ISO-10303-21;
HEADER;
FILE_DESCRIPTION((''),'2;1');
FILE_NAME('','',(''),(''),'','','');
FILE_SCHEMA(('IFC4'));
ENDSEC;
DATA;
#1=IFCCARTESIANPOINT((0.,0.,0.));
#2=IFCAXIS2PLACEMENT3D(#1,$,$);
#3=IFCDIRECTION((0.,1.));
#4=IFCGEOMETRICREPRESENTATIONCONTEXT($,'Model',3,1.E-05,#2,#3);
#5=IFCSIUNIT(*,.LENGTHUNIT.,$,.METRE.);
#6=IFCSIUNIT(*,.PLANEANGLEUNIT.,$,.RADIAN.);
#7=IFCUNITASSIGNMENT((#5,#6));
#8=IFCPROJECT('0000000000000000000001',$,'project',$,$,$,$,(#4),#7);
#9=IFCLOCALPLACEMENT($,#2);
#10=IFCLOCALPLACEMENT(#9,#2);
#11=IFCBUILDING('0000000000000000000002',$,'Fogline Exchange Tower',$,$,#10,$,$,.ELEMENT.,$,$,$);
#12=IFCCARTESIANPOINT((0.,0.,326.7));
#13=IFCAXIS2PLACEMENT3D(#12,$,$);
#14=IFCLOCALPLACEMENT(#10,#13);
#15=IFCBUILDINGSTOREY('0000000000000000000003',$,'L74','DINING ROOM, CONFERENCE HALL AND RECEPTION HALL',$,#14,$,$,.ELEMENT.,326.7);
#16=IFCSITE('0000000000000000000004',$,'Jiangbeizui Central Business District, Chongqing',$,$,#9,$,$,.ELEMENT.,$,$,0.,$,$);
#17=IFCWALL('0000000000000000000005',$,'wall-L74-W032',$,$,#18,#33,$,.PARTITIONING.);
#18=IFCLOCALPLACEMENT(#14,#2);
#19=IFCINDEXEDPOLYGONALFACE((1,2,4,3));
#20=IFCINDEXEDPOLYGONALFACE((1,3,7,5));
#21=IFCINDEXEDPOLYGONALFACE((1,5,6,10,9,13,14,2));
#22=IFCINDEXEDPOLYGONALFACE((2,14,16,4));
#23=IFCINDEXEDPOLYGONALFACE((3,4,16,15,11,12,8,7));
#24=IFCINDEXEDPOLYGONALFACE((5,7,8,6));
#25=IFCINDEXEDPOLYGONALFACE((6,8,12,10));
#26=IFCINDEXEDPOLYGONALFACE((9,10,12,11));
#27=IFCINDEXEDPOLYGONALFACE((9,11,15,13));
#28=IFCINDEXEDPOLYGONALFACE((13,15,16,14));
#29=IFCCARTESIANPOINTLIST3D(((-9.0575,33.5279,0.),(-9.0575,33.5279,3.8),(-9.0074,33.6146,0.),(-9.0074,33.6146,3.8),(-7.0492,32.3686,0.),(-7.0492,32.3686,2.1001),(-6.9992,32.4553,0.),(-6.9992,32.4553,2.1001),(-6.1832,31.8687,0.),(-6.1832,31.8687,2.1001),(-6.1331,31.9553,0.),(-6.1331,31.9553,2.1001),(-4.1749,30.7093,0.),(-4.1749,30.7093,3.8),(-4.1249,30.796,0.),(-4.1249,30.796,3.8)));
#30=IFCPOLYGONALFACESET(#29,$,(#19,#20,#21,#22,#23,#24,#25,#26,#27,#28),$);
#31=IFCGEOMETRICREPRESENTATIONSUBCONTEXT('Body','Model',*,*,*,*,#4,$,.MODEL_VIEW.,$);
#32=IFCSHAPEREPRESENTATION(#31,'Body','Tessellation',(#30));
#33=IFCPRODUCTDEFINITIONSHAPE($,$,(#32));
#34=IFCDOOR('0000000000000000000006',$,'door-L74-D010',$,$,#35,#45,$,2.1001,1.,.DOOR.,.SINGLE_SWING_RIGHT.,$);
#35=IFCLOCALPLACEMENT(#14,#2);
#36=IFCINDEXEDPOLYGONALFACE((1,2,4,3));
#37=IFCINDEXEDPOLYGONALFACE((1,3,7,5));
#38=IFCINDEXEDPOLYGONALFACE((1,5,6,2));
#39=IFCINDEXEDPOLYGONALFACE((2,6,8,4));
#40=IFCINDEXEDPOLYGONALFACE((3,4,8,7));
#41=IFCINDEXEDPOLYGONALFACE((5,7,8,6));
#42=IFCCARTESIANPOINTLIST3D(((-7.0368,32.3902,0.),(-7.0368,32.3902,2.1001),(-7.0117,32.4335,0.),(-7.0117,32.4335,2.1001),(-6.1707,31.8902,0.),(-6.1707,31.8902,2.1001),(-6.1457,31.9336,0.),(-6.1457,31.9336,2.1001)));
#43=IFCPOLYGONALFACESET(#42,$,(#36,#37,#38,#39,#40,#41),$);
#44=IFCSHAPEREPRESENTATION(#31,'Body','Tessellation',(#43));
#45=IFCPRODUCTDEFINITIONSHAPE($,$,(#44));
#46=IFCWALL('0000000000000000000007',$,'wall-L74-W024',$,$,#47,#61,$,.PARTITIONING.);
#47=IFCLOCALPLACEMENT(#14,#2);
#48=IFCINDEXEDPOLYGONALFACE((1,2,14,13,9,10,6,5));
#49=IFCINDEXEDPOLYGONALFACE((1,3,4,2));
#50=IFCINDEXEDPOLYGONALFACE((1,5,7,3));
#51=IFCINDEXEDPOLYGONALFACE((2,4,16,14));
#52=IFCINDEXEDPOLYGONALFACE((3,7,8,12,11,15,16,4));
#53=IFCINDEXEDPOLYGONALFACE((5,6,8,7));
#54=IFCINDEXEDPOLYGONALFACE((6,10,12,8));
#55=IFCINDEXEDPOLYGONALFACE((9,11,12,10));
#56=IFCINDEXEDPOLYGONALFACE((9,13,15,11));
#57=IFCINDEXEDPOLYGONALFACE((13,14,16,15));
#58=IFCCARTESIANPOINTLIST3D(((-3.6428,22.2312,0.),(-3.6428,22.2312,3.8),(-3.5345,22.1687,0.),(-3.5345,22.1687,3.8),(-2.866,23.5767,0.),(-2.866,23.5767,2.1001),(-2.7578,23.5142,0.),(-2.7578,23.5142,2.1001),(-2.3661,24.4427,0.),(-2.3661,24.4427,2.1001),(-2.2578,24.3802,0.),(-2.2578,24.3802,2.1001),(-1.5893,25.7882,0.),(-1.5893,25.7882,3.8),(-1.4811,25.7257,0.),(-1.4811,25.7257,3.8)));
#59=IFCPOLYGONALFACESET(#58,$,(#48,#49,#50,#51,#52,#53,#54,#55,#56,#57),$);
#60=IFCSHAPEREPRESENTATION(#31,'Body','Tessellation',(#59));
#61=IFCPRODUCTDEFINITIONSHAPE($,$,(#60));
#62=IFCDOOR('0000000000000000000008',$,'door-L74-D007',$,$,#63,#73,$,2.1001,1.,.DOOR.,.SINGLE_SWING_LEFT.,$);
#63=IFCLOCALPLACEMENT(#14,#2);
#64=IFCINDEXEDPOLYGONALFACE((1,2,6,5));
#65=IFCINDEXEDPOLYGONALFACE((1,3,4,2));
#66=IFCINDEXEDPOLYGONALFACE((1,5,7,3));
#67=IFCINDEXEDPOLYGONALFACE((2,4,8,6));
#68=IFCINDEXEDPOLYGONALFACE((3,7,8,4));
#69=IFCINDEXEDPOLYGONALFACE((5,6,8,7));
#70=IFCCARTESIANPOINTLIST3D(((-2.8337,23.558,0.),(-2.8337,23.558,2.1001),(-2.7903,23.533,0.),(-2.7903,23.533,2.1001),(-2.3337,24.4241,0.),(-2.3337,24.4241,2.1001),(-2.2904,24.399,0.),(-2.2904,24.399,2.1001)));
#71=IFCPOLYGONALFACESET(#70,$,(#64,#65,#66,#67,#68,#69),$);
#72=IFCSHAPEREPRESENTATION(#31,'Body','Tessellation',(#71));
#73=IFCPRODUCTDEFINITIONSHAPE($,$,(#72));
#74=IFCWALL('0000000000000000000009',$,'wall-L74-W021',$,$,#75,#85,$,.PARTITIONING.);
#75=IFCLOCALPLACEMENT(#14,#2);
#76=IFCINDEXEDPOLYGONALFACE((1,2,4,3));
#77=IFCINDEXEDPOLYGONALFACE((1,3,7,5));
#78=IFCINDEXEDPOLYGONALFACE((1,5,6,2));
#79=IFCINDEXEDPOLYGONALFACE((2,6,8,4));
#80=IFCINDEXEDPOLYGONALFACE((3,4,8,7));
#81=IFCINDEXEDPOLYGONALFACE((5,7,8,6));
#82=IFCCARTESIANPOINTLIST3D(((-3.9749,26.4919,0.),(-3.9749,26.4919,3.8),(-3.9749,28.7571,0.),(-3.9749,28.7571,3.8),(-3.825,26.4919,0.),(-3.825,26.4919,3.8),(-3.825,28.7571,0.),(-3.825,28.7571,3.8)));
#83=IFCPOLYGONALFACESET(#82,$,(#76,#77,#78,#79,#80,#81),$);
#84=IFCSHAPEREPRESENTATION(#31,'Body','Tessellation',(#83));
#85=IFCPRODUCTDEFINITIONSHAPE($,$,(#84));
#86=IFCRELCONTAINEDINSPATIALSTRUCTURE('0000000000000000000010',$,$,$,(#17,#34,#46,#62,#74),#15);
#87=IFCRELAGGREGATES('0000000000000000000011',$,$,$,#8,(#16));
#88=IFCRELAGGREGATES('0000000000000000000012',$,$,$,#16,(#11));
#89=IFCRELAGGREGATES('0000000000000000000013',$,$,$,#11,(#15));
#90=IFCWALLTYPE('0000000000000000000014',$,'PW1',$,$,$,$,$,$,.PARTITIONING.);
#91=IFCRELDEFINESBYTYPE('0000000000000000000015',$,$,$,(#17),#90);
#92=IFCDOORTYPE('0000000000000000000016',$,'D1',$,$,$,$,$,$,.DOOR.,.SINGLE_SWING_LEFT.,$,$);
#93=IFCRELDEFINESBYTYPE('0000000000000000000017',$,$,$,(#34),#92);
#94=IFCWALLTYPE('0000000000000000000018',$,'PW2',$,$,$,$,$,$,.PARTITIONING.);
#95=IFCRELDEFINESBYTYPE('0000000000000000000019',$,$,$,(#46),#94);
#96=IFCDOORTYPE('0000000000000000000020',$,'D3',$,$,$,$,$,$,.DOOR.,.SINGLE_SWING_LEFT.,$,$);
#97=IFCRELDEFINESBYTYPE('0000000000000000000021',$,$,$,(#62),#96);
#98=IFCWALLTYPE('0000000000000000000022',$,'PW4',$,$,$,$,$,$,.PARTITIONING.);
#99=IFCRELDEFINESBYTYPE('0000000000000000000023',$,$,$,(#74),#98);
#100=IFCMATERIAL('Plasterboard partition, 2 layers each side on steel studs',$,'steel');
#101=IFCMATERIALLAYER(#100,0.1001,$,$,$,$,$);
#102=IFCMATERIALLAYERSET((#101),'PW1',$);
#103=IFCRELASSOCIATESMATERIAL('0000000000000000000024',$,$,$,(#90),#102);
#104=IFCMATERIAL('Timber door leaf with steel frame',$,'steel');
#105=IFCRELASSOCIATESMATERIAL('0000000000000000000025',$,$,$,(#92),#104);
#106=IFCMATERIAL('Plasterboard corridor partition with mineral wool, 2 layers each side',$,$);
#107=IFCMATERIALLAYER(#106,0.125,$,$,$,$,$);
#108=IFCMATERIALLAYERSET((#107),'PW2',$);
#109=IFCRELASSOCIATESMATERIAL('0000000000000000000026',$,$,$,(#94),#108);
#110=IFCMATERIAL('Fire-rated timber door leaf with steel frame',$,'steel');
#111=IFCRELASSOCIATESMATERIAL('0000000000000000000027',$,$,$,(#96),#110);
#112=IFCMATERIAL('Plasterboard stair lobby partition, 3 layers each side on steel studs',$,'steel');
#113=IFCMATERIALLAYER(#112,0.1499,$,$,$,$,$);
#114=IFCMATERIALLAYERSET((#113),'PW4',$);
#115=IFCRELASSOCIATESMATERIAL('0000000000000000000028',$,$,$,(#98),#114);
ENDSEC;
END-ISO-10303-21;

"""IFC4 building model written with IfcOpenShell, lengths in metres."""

from ifc_helpers import new_model, si_unit, direction, frame, frame_2d, origin, place, context, subcontext, project, spatial, rectangle, extrude, material, layer, layer_set, type_object, element, fill, save


model = new_model("IFC4")

# Units and contexts
model_context = context("Model", 3, precision=1e-05, world=origin(), true_north=direction((0.0, 1.0)))
body_context = subcontext(model_context, "Body", "Model", "MODEL_VIEW")
ifc_project = project(units=[si_unit("LENGTHUNIT", "METRE"), si_unit("PLANEANGLEUNIT", "RADIAN")], contexts=[model_context])

# Site, building, storey
site_placement = place(None, origin())
site = spatial("IfcSite", under=ifc_project, at=site_placement, Name="Jiangbeizui Central Business District, Chongqing", CompositionType="ELEMENT", RefElevation=0.0)
building_placement = place(site_placement, origin())
building = spatial("IfcBuilding", under=site, at=building_placement, Name="Fogline Exchange Tower", CompositionType="ELEMENT")
storey_placement = place(building_placement, frame((0.0, 0.0, 326.7)))
storey = spatial("IfcBuildingStorey", under=building, at=storey_placement, Name="L74", Description="DINING ROOM, CONFERENCE HALL AND RECEPTION HALL", CompositionType="ELEMENT", Elevation=326.7)

# Walls, openings, doors
ifc_material_1 = material(Name="Plasterboard partition, 2 layers each side on steel studs", Category="steel")
ifc_layer_1 = layer(ifc_material_1, 0.1001)
ifc_layer_set_1 = layer_set([ifc_layer_1], Name="PW1")
wall_type_1 = type_object("IfcWallType", Name="PW1", PredefinedType="PARTITIONING", material=ifc_layer_set_1)
wall_1_placement = place(storey_placement, frame((-4.1499, 30.7527, 0.0), z_axis=(0.0, 0.0, 1.0), x_axis=(-0.866052, 0.499954, 0.0)))
wall_1 = element("IfcWall", 1, at=wall_1_placement, inside=storey, type_object=wall_type_1, Name="wall-L74-W032", PredefinedType="PARTITIONING", context=body_context, shape_type="SweptSolid", body=[
    extrude(rectangle(XDim=5.6377, YDim=0.1001, at=frame_2d((2.8188, 0.0))), origin(), (0.0, 0.0, 1.0), 3.8),
])
opening_1_placement = place(wall_1_placement, frame((2.3188, 0.0, 0.0)))
opening_1 = element("IfcOpeningElement", 2, at=opening_1_placement, cuts=wall_1, PredefinedType="OPENING", context=body_context, shape_type="SweptSolid", body=[
    extrude(rectangle(XDim=1.0, YDim=2.1001, at=frame_2d((0.5, 1.05))), frame((0.0, 0.0601, 0.0), z_axis=(0.0, -1.0, 0.0), x_axis=(1.0, 0.0, 0.0)), (0.0, 0.0, 1.0), 0.1201),
])
ifc_material_2 = material(Name="Timber door leaf with steel frame", Category="steel")
door_type_1 = type_object("IfcDoorType", Name="D1", OperationType="SINGLE_SWING_LEFT", PredefinedType="DOOR", material=ifc_material_2)
door_1_placement = place(opening_1_placement, frame((1.0, 0.0, 0.0), z_axis=(0.0, 0.0, 1.0), x_axis=(-1.0, 0.0, 0.0)))
door_1 = element("IfcDoor", 3, at=door_1_placement, inside=storey, type_object=door_type_1, Name="door-L74-D010", OperationType="SINGLE_SWING_RIGHT", OverallHeight=2.1001, OverallWidth=1.0, PredefinedType="DOOR", context=body_context, shape_type="SweptSolid", body=[
    extrude(rectangle(XDim=1.0, YDim=2.1001, at=frame_2d((0.5, 1.05))), frame((0.0, 0.0249, 0.0), z_axis=(0.0, -1.0, 0.0), x_axis=(1.0, 0.0, 0.0)), (0.0, 0.0, 1.0), 0.05),
])
fill(opening_1, door_1)
ifc_material_3 = material(Name="Plasterboard corridor partition with mineral wool, 2 layers each side")
ifc_layer_2 = layer(ifc_material_3, 0.125)
ifc_layer_set_2 = layer_set([ifc_layer_2], Name="PW2")
wall_type_2 = type_object("IfcWallType", Name="PW2", PredefinedType="PARTITIONING", material=ifc_layer_set_2)
wall_2_placement = place(storey_placement, frame((-1.5352, 25.7571, 0.0), z_axis=(0.0, 0.0, 1.0), x_axis=(-0.499956, -0.866051, 0.0)))
wall_2 = element("IfcWall", 4, at=wall_2_placement, inside=storey, type_object=wall_type_2, Name="wall-L74-W024", PredefinedType="PARTITIONING", context=body_context, shape_type="SweptSolid", body=[
    extrude(rectangle(XDim=4.1072, YDim=0.125, at=frame_2d((2.0537, 0.0))), origin(), (0.0, 0.0, 1.0), 3.8),
])
opening_2_placement = place(wall_2_placement, frame((1.5537, 0.0, 0.0)))
opening_2 = element("IfcOpeningElement", 5, at=opening_2_placement, cuts=wall_2, PredefinedType="OPENING", context=body_context, shape_type="SweptSolid", body=[
    extrude(rectangle(XDim=1.0, YDim=2.1001, at=frame_2d((0.5, 1.05))), frame((0.0, 0.0725, 0.0), z_axis=(0.0, -1.0, 0.0), x_axis=(1.0, 0.0, 0.0)), (0.0, 0.0, 1.0), 0.145),
])
ifc_material_4 = material(Name="Fire-rated timber door leaf with steel frame", Category="steel")
door_type_2 = type_object("IfcDoorType", Name="D3", OperationType="SINGLE_SWING_LEFT", PredefinedType="DOOR", material=ifc_material_4)
door_2_placement = place(opening_2_placement, origin())
door_2 = element("IfcDoor", 6, at=door_2_placement, inside=storey, type_object=door_type_2, Name="door-L74-D007", OperationType="SINGLE_SWING_LEFT", OverallHeight=2.1001, OverallWidth=1.0, PredefinedType="DOOR", context=body_context, shape_type="SweptSolid", body=[
    extrude(rectangle(XDim=1.0, YDim=2.1001, at=frame_2d((0.5, 1.05))), frame((0.0, 0.0249, 0.0), z_axis=(0.0, -1.0, 0.0), x_axis=(1.0, 0.0, 0.0)), (0.0, 0.0, 1.0), 0.05),
])
fill(opening_2, door_2)

# Wall
ifc_material_5 = material(Name="Plasterboard stair lobby partition, 3 layers each side on steel studs", Category="steel")
ifc_layer_3 = layer(ifc_material_5, 0.1499)
ifc_layer_set_3 = layer_set([ifc_layer_3], Name="PW4")
wall_type_3 = type_object("IfcWallType", Name="PW4", PredefinedType="PARTITIONING", material=ifc_layer_set_3)
wall_3_placement = place(storey_placement, frame((-3.8999, 26.4919, 0.0), z_axis=(0.0, 0.0, 1.0), x_axis=(0.0, 1.0, 0.0)))
element("IfcWall", 7, at=wall_3_placement, inside=storey, type_object=wall_type_3, Name="wall-L74-W021", PredefinedType="PARTITIONING", context=body_context, shape_type="SweptSolid", body=[
    extrude(rectangle(XDim=2.2651, YDim=0.1499, at=frame_2d((1.1326, 0.0))), origin(), (0.0, 0.0, 1.0), 3.8),
])

save(model, "model.ifc")
